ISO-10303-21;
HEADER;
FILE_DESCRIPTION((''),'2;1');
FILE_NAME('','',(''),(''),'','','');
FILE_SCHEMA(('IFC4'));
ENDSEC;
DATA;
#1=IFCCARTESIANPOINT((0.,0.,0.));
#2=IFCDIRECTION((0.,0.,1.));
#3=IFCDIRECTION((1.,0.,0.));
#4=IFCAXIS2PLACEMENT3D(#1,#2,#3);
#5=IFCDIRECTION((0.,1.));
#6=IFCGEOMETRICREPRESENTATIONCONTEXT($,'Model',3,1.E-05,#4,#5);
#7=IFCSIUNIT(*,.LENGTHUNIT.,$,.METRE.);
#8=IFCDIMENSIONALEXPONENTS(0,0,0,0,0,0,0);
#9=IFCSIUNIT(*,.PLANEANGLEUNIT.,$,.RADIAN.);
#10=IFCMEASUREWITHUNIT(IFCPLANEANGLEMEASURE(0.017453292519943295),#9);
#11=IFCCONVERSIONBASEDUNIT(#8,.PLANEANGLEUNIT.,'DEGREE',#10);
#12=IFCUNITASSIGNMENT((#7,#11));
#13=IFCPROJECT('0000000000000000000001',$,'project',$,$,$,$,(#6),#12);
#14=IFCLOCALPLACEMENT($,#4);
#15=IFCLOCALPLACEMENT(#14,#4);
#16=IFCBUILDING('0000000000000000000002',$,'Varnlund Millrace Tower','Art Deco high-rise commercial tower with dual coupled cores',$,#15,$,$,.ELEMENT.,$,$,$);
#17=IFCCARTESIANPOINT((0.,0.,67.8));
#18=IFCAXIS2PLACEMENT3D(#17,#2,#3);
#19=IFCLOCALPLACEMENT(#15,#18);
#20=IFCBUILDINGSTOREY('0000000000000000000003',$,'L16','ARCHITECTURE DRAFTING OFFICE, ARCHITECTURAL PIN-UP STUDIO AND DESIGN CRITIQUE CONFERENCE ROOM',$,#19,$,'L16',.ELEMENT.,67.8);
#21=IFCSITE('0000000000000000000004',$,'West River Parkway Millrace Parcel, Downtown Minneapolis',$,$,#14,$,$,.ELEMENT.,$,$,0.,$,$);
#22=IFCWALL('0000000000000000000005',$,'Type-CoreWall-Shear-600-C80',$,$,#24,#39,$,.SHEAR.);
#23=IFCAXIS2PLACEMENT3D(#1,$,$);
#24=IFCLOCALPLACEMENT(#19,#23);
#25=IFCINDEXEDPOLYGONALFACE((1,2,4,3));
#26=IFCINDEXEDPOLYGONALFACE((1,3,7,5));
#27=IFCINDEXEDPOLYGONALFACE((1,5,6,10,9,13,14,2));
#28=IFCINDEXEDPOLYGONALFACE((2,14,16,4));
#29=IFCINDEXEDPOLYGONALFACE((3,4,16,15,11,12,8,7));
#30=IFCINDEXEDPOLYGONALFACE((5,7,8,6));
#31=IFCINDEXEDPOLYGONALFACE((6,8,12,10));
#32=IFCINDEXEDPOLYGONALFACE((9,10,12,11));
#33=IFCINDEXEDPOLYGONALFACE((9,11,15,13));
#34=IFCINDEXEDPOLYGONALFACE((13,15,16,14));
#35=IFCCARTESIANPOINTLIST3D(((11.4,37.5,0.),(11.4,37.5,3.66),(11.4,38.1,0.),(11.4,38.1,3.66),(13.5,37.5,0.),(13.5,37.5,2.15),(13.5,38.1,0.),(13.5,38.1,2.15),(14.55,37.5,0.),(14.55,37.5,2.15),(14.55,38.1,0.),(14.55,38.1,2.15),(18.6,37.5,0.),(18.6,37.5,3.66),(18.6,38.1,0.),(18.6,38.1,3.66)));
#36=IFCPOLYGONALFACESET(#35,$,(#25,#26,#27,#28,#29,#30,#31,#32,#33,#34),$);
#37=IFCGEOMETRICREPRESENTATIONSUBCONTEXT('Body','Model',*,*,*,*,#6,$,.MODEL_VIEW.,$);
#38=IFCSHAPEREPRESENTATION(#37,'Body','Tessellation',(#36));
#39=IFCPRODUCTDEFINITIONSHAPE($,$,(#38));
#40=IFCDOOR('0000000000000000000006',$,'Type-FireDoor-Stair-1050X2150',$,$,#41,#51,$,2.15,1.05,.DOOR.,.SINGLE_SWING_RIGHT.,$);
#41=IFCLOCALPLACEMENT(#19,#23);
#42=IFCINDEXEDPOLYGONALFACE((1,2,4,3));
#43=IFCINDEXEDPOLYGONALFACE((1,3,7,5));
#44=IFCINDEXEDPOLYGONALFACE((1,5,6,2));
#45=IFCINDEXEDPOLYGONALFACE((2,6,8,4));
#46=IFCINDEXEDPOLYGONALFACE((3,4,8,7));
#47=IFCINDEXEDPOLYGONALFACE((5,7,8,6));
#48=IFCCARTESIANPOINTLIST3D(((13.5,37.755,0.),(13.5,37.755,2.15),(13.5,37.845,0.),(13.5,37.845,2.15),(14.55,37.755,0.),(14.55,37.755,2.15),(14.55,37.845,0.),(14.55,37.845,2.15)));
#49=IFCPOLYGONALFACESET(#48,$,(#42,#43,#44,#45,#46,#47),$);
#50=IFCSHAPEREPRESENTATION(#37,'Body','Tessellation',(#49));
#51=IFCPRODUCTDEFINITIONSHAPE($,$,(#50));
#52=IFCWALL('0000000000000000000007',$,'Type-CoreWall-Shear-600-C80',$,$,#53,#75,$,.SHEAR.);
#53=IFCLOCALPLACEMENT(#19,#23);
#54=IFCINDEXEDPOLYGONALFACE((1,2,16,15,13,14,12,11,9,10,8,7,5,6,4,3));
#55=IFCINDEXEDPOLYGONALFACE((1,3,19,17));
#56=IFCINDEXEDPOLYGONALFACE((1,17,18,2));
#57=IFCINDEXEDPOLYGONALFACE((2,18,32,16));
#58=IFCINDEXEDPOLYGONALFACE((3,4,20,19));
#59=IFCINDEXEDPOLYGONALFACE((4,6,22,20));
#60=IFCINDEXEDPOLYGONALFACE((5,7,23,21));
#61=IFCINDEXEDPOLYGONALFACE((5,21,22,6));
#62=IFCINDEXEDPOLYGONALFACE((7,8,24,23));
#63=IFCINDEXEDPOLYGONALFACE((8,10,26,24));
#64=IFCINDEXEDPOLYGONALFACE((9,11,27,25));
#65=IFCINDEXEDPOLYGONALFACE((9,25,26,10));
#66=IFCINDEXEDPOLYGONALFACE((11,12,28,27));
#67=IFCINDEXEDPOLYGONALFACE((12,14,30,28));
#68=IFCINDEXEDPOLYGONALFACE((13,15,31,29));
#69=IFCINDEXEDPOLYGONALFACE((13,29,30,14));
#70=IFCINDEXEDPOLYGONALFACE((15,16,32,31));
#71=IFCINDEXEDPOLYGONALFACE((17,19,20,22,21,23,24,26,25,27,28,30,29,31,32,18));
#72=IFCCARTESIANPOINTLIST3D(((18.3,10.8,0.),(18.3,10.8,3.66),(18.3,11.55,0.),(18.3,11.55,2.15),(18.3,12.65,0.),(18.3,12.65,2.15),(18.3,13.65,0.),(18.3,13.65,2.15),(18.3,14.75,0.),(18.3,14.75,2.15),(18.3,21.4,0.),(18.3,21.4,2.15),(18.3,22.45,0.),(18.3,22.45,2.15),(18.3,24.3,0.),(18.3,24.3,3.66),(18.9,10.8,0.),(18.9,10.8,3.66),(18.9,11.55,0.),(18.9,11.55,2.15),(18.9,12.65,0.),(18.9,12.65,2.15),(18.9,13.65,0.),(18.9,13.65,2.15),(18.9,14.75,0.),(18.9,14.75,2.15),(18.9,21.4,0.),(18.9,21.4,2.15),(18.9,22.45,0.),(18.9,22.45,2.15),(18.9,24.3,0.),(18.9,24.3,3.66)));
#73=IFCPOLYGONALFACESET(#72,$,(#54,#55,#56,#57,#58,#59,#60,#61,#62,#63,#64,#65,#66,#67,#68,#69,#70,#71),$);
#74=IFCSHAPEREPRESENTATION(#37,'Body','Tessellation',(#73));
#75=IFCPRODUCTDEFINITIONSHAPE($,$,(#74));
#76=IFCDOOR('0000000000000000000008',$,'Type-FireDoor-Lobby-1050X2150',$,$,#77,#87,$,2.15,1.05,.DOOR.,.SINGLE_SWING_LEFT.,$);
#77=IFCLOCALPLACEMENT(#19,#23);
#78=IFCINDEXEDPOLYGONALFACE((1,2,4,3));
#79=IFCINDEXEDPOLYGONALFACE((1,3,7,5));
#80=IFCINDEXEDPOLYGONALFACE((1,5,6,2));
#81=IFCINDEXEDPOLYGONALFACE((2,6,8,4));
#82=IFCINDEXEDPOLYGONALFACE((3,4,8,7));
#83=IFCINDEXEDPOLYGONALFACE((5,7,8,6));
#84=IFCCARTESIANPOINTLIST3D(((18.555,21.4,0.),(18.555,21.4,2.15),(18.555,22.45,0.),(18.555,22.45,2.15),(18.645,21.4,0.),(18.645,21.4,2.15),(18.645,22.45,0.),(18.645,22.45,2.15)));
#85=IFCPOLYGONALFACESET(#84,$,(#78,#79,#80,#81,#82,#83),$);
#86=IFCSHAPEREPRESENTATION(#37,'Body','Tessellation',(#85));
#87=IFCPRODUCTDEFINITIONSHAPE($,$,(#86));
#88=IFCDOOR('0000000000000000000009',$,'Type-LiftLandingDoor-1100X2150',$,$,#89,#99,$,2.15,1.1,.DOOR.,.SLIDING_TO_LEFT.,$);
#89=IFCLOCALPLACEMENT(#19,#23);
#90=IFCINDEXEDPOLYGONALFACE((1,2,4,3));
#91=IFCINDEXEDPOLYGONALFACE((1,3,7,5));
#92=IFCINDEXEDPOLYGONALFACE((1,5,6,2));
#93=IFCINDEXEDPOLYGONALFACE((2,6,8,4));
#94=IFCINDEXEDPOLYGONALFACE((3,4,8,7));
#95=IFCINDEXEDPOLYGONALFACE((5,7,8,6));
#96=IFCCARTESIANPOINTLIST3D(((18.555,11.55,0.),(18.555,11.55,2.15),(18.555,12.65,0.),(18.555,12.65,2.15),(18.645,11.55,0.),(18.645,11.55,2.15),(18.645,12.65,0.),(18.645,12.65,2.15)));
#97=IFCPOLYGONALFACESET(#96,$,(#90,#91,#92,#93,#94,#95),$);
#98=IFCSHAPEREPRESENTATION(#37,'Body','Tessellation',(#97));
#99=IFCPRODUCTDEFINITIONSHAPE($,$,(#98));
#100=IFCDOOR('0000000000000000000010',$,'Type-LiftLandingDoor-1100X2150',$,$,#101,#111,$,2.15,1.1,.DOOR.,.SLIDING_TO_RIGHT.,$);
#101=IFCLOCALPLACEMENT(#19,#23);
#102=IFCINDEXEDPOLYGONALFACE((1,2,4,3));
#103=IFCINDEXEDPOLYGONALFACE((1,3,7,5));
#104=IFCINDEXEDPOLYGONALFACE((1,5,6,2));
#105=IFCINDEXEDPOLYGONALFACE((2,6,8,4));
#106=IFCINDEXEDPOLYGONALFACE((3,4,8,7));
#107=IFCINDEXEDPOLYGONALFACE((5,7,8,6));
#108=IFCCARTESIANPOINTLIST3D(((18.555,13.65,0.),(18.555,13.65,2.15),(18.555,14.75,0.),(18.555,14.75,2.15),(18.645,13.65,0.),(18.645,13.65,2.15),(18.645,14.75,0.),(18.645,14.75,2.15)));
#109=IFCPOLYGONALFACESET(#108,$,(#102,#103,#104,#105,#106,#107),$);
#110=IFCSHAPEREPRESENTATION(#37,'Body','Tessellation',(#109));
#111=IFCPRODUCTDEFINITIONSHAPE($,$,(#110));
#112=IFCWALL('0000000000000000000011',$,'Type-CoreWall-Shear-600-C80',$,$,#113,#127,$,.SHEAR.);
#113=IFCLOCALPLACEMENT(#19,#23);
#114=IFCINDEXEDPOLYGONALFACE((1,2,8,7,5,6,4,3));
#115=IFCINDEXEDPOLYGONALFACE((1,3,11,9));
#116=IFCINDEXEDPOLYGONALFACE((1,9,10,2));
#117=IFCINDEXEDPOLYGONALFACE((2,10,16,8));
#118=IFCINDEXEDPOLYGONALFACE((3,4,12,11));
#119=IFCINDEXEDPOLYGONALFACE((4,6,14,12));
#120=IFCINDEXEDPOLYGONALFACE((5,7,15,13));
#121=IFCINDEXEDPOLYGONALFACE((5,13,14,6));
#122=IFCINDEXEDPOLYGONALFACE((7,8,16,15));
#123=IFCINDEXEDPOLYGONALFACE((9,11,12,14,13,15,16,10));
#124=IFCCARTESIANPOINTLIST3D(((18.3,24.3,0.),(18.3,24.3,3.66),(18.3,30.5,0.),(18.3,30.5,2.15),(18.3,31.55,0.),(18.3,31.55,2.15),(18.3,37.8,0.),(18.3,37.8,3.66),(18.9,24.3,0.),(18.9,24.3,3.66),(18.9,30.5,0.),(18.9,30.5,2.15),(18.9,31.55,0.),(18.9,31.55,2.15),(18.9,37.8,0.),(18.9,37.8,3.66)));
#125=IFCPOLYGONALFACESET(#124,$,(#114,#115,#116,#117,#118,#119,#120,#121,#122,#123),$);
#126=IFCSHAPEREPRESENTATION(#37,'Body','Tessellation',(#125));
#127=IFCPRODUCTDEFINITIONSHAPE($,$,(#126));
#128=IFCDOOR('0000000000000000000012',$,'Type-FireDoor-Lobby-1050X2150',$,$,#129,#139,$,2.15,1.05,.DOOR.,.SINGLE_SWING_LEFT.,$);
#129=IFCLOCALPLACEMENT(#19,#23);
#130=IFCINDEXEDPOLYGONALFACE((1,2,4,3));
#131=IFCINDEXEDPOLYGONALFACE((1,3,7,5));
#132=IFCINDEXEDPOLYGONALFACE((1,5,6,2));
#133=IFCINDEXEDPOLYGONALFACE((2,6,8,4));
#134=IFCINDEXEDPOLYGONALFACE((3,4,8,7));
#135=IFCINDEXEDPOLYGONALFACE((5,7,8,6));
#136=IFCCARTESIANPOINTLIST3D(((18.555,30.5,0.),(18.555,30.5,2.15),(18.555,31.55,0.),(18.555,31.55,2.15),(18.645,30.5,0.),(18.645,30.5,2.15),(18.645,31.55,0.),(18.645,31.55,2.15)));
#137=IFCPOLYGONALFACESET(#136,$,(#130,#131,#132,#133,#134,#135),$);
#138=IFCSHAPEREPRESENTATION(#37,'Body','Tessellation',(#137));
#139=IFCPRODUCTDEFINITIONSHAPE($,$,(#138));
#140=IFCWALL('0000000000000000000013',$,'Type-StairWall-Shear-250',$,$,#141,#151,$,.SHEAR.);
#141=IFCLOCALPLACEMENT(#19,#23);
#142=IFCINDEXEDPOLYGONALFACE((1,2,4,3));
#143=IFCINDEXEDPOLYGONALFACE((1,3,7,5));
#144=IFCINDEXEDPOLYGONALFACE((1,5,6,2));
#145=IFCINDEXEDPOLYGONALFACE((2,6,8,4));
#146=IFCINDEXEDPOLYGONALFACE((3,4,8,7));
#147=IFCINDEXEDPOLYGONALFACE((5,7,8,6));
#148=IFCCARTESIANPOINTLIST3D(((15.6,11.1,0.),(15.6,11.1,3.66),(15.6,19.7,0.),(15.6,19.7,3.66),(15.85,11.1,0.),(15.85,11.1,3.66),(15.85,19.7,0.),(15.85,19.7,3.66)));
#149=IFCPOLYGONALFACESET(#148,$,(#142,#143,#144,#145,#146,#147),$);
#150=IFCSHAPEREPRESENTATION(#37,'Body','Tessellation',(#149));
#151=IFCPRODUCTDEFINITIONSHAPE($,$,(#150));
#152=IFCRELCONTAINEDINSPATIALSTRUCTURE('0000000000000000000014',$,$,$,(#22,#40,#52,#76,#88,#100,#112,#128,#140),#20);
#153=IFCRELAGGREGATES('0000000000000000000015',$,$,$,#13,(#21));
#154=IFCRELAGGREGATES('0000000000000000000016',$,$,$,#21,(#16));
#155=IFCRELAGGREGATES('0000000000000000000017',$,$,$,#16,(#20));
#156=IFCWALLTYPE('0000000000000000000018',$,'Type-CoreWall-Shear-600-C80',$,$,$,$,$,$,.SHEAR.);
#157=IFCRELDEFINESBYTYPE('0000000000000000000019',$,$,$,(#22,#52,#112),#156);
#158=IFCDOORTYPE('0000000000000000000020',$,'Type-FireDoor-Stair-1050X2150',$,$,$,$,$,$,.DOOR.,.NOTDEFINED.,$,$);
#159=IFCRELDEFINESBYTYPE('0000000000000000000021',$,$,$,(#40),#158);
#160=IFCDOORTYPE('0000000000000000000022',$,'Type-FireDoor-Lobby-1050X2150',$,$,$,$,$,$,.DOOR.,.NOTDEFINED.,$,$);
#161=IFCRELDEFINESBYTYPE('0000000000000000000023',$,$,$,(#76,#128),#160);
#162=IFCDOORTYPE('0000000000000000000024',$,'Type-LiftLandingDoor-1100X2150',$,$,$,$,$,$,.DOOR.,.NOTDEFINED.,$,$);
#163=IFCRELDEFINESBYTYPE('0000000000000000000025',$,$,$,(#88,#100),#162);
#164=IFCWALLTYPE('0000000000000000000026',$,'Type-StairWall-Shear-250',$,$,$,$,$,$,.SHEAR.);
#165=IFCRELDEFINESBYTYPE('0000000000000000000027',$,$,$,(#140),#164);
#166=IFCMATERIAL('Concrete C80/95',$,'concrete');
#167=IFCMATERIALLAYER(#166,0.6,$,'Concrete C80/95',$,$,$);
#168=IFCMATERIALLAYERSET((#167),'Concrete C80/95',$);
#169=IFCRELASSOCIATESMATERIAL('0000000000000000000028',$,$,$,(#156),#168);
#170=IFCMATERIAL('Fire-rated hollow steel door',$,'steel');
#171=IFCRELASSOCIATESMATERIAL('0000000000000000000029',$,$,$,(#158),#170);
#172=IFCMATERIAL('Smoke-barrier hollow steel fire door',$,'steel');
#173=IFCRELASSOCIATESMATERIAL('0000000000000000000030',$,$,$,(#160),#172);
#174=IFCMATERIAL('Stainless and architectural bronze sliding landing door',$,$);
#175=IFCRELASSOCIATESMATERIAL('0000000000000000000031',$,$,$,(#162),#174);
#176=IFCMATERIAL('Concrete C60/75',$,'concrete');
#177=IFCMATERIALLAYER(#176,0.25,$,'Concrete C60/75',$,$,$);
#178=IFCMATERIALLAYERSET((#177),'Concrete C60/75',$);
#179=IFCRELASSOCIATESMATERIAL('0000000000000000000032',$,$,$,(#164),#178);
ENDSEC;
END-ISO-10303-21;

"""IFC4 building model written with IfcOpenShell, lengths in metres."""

from ifc_helpers import new_model, entity, si_unit, converted_unit, direction, frame, origin_with_axes, origin_2d_with_axis, place, context, subcontext, project, spatial, polyline, rectangle, outline, extrude, material, layer, layer_set, type_object, element, fill, save


model = new_model("IFC4")

# Units and contexts
model_context = context("Model", 3, precision=1e-05, world=origin_with_axes(), true_north=direction((0.0, 1.0)))
body_context = subcontext(model_context, "Body", "Model", "MODEL_VIEW")
ifc_project = project(units=[si_unit("LENGTHUNIT", "METRE"), converted_unit("PLANEANGLEUNIT", "DEGREE", entity("IfcPlaneAngleMeasure", 0.017453292519943295), si_unit("PLANEANGLEUNIT", "RADIAN"), dimensions=[0, 0, 0, 0, 0, 0, 0])], contexts=[model_context])

# Site, building, storey
site_placement = place(None, origin_with_axes())
site = spatial("IfcSite", under=ifc_project, at=site_placement, Name="West River Parkway Millrace Parcel, Downtown Minneapolis", CompositionType="ELEMENT", RefElevation=0.0)
building_placement = place(site_placement, origin_with_axes())
building = spatial("IfcBuilding", under=site, at=building_placement, Name="Varnlund Millrace Tower", Description="Art Deco high-rise commercial tower with dual coupled cores", CompositionType="ELEMENT")
storey_placement = place(building_placement, frame((0.0, 0.0, 67.8), z_axis=(0.0, 0.0, 1.0), x_axis=(1.0, 0.0, 0.0)))
storey = spatial("IfcBuildingStorey", under=building, at=storey_placement, Name="L16", Description="ARCHITECTURE DRAFTING OFFICE, ARCHITECTURAL PIN-UP STUDIO AND DESIGN CRITIQUE CONFERENCE ROOM", LongName="L16", CompositionType="ELEMENT", Elevation=67.8)

# Shared definitions
ifc_material_1 = material(Name="Concrete C60/75", Category="concrete")

# Shared definitions
ifc_material_2 = material(Name="Concrete C80/95", Category="concrete")
ifc_layer_1 = layer(ifc_material_2, 0.6, Name="Concrete C80/95")
ifc_layer_set_1 = layer_set([ifc_layer_1], Name="Concrete C80/95")
wall_type_1 = type_object("IfcWallType", Name="Type-CoreWall-Shear-600-C80", PredefinedType="SHEAR", material=ifc_layer_set_1)

# Wall, opening, door
ifc_material_3 = material(Name="Fire-rated hollow steel door", Category="steel")
door_type_1 = type_object("IfcDoorType", Name="Type-FireDoor-Stair-1050X2150", OperationType="NOTDEFINED", PredefinedType="DOOR", material=ifc_material_3)
wall_1_placement = place(storey_placement, frame((11.4, 37.8, 0.0), z_axis=(0.0, 0.0, 1.0), x_axis=(1.0, 0.0, 0.0)))
wall_1 = element("IfcWall", 1, at=wall_1_placement, inside=storey, type_object=wall_type_1, Name="Type-CoreWall-Shear-600-C80", PredefinedType="SHEAR", context=body_context, shape_type="SweptSolid", body=[
    extrude(outline(polyline([(0.0, -0.3), (7.2, -0.3), (7.2, 0.3), (0.0, 0.3), (0.0, -0.3)])), origin_with_axes(), (0.0, 0.0, 1.0), 3.66),
])
opening_1_placement = place(wall_1_placement, frame((2.625, 0.0, 0.0), z_axis=(0.0, 0.0, 1.0), x_axis=(1.0, 0.0, 0.0)))
opening_1 = element("IfcOpeningElement", 2, at=opening_1_placement, cuts=wall_1, PredefinedType="OPENING", context=body_context, shape_type="SweptSolid", body=[
    extrude(rectangle(XDim=1.05, YDim=0.62, at=origin_2d_with_axis()), origin_with_axes(), (0.0, 0.0, 1.0), 2.15),
])
door_1_placement = place(wall_1_placement, frame((2.625, 0.0, 0.0), z_axis=(0.0, 0.0, 1.0), x_axis=(1.0, 0.0, 0.0)))
door_1 = element("IfcDoor", 3, at=door_1_placement, inside=storey, type_object=door_type_1, Name="Type-FireDoor-Stair-1050X2150", OperationType="SINGLE_SWING_RIGHT", OverallHeight=2.15, OverallWidth=1.05, PredefinedType="DOOR", context=body_context, shape_type="SweptSolid", body=[
    extrude(rectangle(XDim=1.05, YDim=0.09, at=origin_2d_with_axis()), origin_with_axes(), (0.0, 0.0, 1.0), 2.15),
])
fill(opening_1, door_1)

# Wall, openings, doors
wall_2_placement = place(storey_placement, frame((18.6, 10.8, 0.0), z_axis=(0.0, 0.0, 1.0), x_axis=(0.0, 1.0, 0.0)))
wall_2 = element("IfcWall", 4, at=wall_2_placement, inside=storey, type_object=wall_type_1, Name="Type-CoreWall-Shear-600-C80", PredefinedType="SHEAR", context=body_context, shape_type="SweptSolid", body=[
    extrude(outline(polyline([(0.0, -0.3), (13.5, -0.3), (13.5, 0.3), (0.0, 0.3), (0.0, -0.3)])), origin_with_axes(), (0.0, 0.0, 1.0), 3.66),
])
opening_2_placement = place(wall_2_placement, frame((1.3, 0.0, 0.0), z_axis=(0.0, 0.0, 1.0), x_axis=(1.0, 0.0, 0.0)))
opening_2 = element("IfcOpeningElement", 5, at=opening_2_placement, cuts=wall_2, PredefinedType="OPENING", context=body_context, shape_type="SweptSolid", body=[
    extrude(rectangle(XDim=1.1, YDim=0.62, at=origin_2d_with_axis()), origin_with_axes(), (0.0, 0.0, 1.0), 2.15),
])
opening_3_placement = place(wall_2_placement, frame((3.4, 0.0, 0.0), z_axis=(0.0, 0.0, 1.0), x_axis=(1.0, 0.0, 0.0)))
opening_3 = element("IfcOpeningElement", 6, at=opening_3_placement, cuts=wall_2, PredefinedType="OPENING", context=body_context, shape_type="SweptSolid", body=[
    extrude(rectangle(XDim=1.1, YDim=0.62, at=origin_2d_with_axis()), origin_with_axes(), (0.0, 0.0, 1.0), 2.15),
])
opening_4_placement = place(wall_2_placement, frame((11.125, 0.0, 0.0), z_axis=(0.0, 0.0, 1.0), x_axis=(1.0, 0.0, 0.0)))
opening_4 = element("IfcOpeningElement", 7, at=opening_4_placement, cuts=wall_2, PredefinedType="OPENING", context=body_context, shape_type="SweptSolid", body=[
    extrude(rectangle(XDim=1.05, YDim=0.62, at=origin_2d_with_axis()), origin_with_axes(), (0.0, 0.0, 1.0), 2.15),
])
ifc_material_4 = material(Name="Smoke-barrier hollow steel fire door", Category="steel")
door_type_2 = type_object("IfcDoorType", Name="Type-FireDoor-Lobby-1050X2150", OperationType="NOTDEFINED", PredefinedType="DOOR", material=ifc_material_4)
door_2_placement = place(wall_2_placement, frame((11.125, 0.0, 0.0), z_axis=(0.0, 0.0, 1.0), x_axis=(1.0, 0.0, 0.0)))
door_2 = element("IfcDoor", 8, at=door_2_placement, inside=storey, type_object=door_type_2, Name="Type-FireDoor-Lobby-1050X2150", OperationType="SINGLE_SWING_LEFT", OverallHeight=2.15, OverallWidth=1.05, PredefinedType="DOOR", context=body_context, shape_type="SweptSolid", body=[
    extrude(rectangle(XDim=1.05, YDim=0.09, at=origin_2d_with_axis()), origin_with_axes(), (0.0, 0.0, 1.0), 2.15),
])
fill(opening_4, door_2)
ifc_material_5 = material(Name="Stainless and architectural bronze sliding landing door")
door_type_3 = type_object("IfcDoorType", Name="Type-LiftLandingDoor-1100X2150", OperationType="NOTDEFINED", PredefinedType="DOOR", material=ifc_material_5)
door_3_placement = place(wall_2_placement, frame((1.3, 0.0, 0.0), z_axis=(0.0, 0.0, 1.0), x_axis=(1.0, 0.0, 0.0)))
door_3 = element("IfcDoor", 9, at=door_3_placement, inside=storey, type_object=door_type_3, Name="Type-LiftLandingDoor-1100X2150", OperationType="SLIDING_TO_LEFT", OverallHeight=2.15, OverallWidth=1.1, PredefinedType="DOOR", context=body_context, shape_type="SweptSolid", body=[
    extrude(rectangle(XDim=1.1, YDim=0.09, at=origin_2d_with_axis()), origin_with_axes(), (0.0, 0.0, 1.0), 2.15),
])
fill(opening_2, door_3)
door_4_placement = place(wall_2_placement, frame((3.4, 0.0, 0.0), z_axis=(0.0, 0.0, 1.0), x_axis=(1.0, 0.0, 0.0)))
door_4 = element("IfcDoor", 10, at=door_4_placement, inside=storey, type_object=door_type_3, Name="Type-LiftLandingDoor-1100X2150", OperationType="SLIDING_TO_RIGHT", OverallHeight=2.15, OverallWidth=1.1, PredefinedType="DOOR", context=body_context, shape_type="SweptSolid", body=[
    extrude(rectangle(XDim=1.1, YDim=0.09, at=origin_2d_with_axis()), origin_with_axes(), (0.0, 0.0, 1.0), 2.15),
])
fill(opening_3, door_4)

# Wall, opening, door
wall_3_placement = place(storey_placement, frame((18.6, 24.3, 0.0), z_axis=(0.0, 0.0, 1.0), x_axis=(0.0, 1.0, 0.0)))
wall_3 = element("IfcWall", 11, at=wall_3_placement, inside=storey, type_object=wall_type_1, Name="Type-CoreWall-Shear-600-C80", PredefinedType="SHEAR", context=body_context, shape_type="SweptSolid", body=[
    extrude(outline(polyline([(0.0, -0.3), (13.5, -0.3), (13.5, 0.3), (0.0, 0.3), (0.0, -0.3)])), origin_with_axes(), (0.0, 0.0, 1.0), 3.66),
])
opening_5_placement = place(wall_3_placement, frame((6.725, 0.0, 0.0), z_axis=(0.0, 0.0, 1.0), x_axis=(1.0, 0.0, 0.0)))
opening_5 = element("IfcOpeningElement", 12, at=opening_5_placement, cuts=wall_3, PredefinedType="OPENING", context=body_context, shape_type="SweptSolid", body=[
    extrude(rectangle(XDim=1.05, YDim=0.62, at=origin_2d_with_axis()), origin_with_axes(), (0.0, 0.0, 1.0), 2.15),
])
door_5_placement = place(wall_3_placement, frame((6.725, 0.0, 0.0), z_axis=(0.0, 0.0, 1.0), x_axis=(1.0, 0.0, 0.0)))
door_5 = element("IfcDoor", 13, at=door_5_placement, inside=storey, type_object=door_type_2, Name="Type-FireDoor-Lobby-1050X2150", OperationType="SINGLE_SWING_LEFT", OverallHeight=2.15, OverallWidth=1.05, PredefinedType="DOOR", context=body_context, shape_type="SweptSolid", body=[
    extrude(rectangle(XDim=1.05, YDim=0.09, at=origin_2d_with_axis()), origin_with_axes(), (0.0, 0.0, 1.0), 2.15),
])
fill(opening_5, door_5)

# Wall
ifc_layer_2 = layer(ifc_material_1, 0.25, Name="Concrete C60/75")
ifc_layer_set_2 = layer_set([ifc_layer_2], Name="Concrete C60/75")
wall_type_2 = type_object("IfcWallType", Name="Type-StairWall-Shear-250", PredefinedType="SHEAR", material=ifc_layer_set_2)
wall_4_placement = place(storey_placement, frame((15.725, 11.1, 0.0), z_axis=(0.0, 0.0, 1.0), x_axis=(0.0, 1.0, 0.0)))
element("IfcWall", 14, at=wall_4_placement, inside=storey, type_object=wall_type_2, Name="Type-StairWall-Shear-250", PredefinedType="SHEAR", context=body_context, shape_type="SweptSolid", body=[
    extrude(outline(polyline([(0.0, -0.125), (8.6, -0.125), (8.6, 0.125), (0.0, 0.125), (0.0, -0.125)])), origin_with_axes(), (0.0, 0.0, 1.0), 3.66),
])

save(model, "model.ifc")
